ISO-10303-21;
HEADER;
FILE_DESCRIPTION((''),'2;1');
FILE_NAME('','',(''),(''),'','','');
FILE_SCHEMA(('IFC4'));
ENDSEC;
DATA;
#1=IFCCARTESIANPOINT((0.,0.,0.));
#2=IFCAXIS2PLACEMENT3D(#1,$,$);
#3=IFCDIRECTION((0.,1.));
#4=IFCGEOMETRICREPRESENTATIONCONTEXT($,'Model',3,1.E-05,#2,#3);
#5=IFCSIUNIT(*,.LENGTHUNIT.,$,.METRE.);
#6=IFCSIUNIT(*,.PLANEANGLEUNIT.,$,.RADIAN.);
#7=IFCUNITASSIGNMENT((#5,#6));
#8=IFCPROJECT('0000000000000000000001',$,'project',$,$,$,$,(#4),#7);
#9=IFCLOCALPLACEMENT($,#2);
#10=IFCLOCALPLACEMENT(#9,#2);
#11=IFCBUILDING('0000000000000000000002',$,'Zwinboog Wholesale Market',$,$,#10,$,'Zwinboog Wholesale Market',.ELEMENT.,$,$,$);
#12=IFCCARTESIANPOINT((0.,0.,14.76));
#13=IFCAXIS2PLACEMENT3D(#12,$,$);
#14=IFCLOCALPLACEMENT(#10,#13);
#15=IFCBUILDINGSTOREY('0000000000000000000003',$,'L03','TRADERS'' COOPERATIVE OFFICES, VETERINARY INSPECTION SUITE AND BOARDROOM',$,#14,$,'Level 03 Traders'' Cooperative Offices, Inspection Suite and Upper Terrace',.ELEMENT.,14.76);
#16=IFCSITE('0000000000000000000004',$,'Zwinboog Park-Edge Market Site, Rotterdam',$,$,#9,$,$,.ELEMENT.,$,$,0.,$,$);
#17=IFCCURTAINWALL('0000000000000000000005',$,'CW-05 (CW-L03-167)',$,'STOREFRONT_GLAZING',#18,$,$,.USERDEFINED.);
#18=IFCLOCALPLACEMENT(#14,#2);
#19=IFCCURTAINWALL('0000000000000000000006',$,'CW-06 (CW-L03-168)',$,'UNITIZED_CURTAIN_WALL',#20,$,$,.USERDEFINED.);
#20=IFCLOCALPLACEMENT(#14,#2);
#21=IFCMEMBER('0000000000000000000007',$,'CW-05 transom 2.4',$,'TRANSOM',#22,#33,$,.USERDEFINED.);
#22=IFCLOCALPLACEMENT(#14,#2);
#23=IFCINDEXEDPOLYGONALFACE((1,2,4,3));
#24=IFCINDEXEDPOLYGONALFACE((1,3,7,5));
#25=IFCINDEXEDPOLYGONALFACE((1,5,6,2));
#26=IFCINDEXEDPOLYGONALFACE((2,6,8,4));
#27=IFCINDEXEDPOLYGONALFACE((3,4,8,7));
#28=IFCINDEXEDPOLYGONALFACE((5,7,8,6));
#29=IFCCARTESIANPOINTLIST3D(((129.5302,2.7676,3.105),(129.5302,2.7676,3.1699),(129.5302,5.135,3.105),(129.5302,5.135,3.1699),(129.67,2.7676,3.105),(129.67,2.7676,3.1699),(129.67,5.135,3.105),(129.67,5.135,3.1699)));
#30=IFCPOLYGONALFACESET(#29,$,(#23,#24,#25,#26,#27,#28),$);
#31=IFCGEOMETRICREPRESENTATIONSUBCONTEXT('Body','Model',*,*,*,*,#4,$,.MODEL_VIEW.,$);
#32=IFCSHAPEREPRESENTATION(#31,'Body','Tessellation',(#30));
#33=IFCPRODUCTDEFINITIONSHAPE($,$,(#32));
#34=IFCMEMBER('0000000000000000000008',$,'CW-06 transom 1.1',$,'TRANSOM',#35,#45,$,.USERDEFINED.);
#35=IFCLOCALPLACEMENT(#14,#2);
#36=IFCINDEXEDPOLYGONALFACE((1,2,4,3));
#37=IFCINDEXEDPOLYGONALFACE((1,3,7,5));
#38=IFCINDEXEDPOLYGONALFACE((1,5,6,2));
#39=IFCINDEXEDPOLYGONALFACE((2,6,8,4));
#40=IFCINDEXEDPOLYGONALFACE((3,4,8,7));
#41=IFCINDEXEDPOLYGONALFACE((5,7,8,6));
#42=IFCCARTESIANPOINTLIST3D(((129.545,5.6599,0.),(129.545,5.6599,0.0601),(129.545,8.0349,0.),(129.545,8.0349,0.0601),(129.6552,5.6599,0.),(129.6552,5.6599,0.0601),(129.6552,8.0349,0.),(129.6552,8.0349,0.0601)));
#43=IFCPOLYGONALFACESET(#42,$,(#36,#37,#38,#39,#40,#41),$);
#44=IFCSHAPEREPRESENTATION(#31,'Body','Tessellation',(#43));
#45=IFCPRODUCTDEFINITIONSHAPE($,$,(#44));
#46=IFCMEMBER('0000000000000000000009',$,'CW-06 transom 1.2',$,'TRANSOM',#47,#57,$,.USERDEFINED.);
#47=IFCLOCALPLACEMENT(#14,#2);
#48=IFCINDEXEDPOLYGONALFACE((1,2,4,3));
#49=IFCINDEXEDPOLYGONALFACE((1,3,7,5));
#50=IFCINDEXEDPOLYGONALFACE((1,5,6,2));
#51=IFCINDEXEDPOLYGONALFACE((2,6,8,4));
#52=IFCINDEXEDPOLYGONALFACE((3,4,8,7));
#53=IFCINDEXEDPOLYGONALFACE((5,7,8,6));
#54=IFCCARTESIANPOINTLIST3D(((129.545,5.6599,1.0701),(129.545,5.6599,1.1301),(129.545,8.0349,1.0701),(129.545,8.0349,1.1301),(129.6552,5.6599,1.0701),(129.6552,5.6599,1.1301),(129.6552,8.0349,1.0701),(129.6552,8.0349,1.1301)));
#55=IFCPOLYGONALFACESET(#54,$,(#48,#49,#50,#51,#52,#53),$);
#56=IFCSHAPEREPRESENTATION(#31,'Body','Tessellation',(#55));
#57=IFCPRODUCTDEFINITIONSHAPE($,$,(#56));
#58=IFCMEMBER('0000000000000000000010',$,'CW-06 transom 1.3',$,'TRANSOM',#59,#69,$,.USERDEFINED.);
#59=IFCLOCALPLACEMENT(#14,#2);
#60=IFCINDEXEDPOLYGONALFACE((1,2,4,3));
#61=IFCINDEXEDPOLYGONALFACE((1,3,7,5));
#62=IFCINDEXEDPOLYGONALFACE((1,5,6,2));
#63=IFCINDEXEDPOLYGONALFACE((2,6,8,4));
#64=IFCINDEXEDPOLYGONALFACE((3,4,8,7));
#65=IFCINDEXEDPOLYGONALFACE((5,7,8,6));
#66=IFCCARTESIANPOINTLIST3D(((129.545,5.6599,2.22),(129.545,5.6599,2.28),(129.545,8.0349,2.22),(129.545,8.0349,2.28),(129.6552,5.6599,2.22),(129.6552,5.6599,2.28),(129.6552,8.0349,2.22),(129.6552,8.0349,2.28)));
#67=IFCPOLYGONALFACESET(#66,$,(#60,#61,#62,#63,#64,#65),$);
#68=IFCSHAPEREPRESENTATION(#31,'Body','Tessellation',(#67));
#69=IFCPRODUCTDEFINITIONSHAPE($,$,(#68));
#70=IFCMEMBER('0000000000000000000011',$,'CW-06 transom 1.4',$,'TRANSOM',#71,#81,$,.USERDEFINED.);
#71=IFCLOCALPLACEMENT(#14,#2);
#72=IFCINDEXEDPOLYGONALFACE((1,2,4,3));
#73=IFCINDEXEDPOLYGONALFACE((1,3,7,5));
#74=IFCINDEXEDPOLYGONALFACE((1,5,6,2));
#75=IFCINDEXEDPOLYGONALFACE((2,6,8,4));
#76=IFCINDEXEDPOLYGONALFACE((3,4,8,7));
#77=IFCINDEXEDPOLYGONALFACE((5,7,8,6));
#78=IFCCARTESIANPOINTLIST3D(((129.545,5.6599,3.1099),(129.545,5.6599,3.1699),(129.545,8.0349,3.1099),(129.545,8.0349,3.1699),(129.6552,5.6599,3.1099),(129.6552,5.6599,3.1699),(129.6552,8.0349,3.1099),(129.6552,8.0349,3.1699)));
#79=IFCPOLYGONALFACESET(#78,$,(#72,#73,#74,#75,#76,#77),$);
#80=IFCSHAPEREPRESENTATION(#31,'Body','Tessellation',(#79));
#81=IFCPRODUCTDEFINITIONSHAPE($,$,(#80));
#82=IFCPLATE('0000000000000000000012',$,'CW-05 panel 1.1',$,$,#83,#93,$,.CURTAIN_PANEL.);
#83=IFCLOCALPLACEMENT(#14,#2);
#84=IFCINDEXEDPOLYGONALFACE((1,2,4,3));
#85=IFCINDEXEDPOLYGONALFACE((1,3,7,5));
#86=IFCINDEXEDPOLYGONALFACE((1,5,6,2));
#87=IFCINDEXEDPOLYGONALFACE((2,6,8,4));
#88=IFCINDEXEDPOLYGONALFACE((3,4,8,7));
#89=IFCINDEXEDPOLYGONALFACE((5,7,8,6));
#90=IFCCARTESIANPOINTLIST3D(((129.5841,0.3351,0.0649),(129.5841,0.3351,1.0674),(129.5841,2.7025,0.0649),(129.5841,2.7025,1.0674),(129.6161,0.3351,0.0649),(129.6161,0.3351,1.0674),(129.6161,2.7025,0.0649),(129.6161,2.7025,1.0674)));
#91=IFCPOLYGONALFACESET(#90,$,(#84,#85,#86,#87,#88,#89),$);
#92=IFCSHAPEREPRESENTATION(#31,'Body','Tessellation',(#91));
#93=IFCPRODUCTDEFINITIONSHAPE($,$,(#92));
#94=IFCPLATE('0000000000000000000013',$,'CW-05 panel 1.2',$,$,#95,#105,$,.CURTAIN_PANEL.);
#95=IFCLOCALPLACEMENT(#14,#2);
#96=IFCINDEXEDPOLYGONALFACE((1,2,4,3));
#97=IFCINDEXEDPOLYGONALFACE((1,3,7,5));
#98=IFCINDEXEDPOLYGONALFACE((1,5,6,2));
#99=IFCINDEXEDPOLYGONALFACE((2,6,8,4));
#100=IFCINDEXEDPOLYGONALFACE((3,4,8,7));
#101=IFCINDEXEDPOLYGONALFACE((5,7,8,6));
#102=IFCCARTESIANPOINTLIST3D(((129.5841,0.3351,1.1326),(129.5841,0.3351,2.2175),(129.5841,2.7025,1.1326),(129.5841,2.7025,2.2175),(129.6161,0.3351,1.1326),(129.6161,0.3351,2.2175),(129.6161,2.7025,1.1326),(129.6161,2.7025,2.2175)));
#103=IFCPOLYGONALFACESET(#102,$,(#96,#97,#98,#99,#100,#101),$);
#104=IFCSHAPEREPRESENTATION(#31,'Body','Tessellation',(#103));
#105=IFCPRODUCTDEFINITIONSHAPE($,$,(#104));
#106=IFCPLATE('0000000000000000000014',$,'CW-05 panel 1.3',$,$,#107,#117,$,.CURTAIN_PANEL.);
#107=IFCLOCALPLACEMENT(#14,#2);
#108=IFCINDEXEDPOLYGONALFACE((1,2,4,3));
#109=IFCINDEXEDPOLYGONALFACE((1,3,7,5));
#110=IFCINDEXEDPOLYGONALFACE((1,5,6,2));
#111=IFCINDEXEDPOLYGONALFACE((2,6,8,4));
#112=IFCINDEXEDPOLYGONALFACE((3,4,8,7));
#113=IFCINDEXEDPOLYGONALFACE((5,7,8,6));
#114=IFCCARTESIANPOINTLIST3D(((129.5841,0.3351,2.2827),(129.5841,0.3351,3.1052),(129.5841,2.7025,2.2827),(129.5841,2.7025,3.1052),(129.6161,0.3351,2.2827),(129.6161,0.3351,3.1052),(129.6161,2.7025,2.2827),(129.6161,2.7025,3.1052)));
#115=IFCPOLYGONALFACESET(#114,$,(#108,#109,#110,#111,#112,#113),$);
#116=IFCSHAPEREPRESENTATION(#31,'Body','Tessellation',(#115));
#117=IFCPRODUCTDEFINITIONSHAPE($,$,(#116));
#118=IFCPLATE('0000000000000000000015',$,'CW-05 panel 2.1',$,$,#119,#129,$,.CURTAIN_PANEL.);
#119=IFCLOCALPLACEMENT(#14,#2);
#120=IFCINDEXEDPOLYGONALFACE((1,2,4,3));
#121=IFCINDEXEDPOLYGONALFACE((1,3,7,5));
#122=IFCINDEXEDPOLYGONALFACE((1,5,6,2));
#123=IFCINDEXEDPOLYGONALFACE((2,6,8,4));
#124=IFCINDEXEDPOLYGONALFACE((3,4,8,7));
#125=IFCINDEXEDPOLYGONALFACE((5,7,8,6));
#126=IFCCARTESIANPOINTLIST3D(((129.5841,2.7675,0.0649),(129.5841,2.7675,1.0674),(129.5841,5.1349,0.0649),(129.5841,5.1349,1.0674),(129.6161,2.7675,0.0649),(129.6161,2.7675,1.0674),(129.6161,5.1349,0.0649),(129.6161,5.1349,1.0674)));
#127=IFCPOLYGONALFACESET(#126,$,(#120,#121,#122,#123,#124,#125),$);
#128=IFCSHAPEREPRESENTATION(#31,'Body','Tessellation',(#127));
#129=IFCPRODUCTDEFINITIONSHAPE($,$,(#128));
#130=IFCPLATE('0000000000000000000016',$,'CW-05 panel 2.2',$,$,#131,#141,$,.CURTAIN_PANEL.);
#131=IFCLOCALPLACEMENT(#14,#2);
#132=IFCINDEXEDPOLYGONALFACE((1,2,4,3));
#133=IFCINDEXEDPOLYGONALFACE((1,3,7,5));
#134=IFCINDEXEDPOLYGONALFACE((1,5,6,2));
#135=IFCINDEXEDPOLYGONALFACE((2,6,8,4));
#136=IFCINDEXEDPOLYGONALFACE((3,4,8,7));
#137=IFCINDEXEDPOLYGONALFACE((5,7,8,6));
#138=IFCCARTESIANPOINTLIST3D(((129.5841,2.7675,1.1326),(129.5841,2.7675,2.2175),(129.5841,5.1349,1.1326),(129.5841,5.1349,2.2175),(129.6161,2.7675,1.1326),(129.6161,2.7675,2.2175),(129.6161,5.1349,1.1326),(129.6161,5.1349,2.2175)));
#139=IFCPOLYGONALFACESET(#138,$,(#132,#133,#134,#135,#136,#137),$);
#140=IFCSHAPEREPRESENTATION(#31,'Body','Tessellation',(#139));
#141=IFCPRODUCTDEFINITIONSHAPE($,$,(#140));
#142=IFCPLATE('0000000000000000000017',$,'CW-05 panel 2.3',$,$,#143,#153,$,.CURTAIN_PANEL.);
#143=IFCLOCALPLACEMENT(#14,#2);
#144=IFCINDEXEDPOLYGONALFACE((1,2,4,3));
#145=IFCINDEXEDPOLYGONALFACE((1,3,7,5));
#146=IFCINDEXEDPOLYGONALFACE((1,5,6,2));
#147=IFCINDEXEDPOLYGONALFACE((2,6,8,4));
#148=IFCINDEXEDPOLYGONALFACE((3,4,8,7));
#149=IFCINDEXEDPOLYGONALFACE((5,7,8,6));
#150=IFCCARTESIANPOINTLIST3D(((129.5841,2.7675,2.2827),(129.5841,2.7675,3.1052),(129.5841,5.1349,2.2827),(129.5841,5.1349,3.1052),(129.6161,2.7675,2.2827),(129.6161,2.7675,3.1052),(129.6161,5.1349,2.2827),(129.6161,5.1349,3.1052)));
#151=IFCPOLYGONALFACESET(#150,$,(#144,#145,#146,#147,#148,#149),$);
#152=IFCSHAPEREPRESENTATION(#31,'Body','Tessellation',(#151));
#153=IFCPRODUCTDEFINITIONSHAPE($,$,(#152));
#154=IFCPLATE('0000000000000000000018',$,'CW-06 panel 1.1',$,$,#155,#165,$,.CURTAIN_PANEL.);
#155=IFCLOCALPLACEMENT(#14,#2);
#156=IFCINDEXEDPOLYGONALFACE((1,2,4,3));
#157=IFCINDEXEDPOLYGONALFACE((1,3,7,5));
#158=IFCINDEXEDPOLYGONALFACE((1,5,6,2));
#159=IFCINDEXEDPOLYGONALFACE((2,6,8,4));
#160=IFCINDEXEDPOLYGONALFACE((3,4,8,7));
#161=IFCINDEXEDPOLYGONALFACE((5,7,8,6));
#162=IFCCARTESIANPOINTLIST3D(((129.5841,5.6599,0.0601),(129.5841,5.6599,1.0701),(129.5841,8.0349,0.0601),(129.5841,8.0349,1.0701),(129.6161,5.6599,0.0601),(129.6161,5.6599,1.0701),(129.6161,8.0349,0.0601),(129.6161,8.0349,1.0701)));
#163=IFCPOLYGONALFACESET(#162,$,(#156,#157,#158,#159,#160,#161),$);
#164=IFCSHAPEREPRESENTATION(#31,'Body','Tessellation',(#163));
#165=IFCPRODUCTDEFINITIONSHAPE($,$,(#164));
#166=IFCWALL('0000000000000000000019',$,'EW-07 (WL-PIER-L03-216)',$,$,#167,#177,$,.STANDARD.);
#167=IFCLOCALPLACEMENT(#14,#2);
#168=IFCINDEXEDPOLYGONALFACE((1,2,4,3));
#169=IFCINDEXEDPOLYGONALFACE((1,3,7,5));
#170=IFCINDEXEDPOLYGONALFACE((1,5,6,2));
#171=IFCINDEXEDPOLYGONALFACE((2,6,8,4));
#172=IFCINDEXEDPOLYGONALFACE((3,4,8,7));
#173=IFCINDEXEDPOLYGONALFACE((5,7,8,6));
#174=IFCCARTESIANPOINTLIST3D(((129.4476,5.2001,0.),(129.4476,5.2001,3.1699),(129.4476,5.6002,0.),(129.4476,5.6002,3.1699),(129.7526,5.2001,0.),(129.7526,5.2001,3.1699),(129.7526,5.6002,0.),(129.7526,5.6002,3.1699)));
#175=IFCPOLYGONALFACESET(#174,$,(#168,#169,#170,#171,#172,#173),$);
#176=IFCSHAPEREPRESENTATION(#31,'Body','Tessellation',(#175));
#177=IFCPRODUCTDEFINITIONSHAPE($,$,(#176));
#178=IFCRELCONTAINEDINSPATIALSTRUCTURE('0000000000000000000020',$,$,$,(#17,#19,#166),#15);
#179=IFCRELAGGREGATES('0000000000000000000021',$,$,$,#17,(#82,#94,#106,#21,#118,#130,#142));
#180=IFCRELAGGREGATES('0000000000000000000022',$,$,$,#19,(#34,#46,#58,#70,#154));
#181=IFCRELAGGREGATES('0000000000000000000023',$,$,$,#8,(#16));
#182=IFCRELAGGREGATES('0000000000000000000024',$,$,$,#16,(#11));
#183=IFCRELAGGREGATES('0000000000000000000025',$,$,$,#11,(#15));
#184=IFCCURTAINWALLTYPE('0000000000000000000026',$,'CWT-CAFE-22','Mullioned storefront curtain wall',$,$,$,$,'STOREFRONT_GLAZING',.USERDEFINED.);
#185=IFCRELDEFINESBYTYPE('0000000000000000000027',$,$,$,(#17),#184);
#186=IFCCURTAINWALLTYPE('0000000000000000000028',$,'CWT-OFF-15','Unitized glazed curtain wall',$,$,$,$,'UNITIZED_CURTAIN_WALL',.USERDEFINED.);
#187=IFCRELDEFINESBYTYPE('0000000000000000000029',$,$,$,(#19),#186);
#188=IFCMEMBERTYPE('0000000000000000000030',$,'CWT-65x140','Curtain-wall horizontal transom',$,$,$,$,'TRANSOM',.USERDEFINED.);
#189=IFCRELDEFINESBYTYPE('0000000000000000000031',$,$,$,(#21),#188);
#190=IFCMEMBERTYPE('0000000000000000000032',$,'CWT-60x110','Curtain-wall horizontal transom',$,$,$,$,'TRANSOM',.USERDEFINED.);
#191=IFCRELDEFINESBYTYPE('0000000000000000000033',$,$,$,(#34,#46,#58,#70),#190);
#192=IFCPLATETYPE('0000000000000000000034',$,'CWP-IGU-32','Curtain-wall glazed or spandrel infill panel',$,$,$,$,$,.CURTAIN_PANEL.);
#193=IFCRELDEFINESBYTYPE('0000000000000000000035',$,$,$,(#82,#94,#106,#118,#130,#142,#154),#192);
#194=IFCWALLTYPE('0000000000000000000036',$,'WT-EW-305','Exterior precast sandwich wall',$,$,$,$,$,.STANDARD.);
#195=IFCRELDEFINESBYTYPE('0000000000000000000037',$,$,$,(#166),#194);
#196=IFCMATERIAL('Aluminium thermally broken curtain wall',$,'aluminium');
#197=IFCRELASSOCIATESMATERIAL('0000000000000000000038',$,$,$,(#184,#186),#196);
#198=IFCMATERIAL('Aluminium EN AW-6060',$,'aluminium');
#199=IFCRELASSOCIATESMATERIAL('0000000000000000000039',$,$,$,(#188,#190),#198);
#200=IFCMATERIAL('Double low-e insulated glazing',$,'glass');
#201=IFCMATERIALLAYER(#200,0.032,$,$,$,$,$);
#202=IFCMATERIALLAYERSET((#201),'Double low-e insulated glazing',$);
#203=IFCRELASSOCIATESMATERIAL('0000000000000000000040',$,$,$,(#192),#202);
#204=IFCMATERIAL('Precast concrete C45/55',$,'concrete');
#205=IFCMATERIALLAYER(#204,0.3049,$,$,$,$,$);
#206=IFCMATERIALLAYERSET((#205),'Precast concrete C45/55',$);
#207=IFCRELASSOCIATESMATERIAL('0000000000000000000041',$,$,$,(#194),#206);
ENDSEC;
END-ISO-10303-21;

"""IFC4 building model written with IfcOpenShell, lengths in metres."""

from ifc_helpers import new_model, si_unit, direction, frame, frame_2d, origin, origin_2d, place, context, subcontext, project, spatial, rectangle, extrude, material, layer, layer_set, material_profile, profile_set, type_object, element, aggregate, save


model = new_model("IFC4")

# Units and contexts
model_context = context("Model", 3, precision=1e-05, world=origin(), true_north=direction((0.0, 1.0)))
body_context = subcontext(model_context, "Body", "Model", "MODEL_VIEW")
ifc_project = project(units=[si_unit("LENGTHUNIT", "METRE"), si_unit("PLANEANGLEUNIT", "RADIAN")], contexts=[model_context])

# Site, building, storey
site_placement = place(None, origin())
site = spatial("IfcSite", under=ifc_project, at=site_placement, Name="Zwinboog Park-Edge Market Site, Rotterdam", CompositionType="ELEMENT", RefElevation=0.0)
building_placement = place(site_placement, origin())
building = spatial("IfcBuilding", under=site, at=building_placement, Name="Zwinboog Wholesale Market", LongName="Zwinboog Wholesale Market", CompositionType="ELEMENT")
storey_placement = place(building_placement, frame((0.0, 0.0, 14.76)))
storey = spatial("IfcBuildingStorey", under=building, at=storey_placement, Name="L03", Description="TRADERS' COOPERATIVE OFFICES, VETERINARY INSPECTION SUITE AND BOARDROOM", LongName="Level 03 Traders' Cooperative Offices, Inspection Suite and Upper Terrace", CompositionType="ELEMENT", Elevation=14.76)

# Shared definitions
ifc_material_1 = material(Name="Precast concrete C45/55", Category="concrete")

# Curtain walls
ifc_material_2 = material(Name="Aluminium thermally broken curtain wall", Category="aluminium")
curtain_wall_type_1 = type_object("IfcCurtainWallType", Name="CWT-CAFE-22", Description="Mullioned storefront curtain wall", ElementType="STOREFRONT_GLAZING", PredefinedType="USERDEFINED", material=ifc_material_2)
curtain_wall_1_placement = place(storey_placement, origin())
curtain_wall_1 = element("IfcCurtainWall", 1, at=curtain_wall_1_placement, inside=storey, type_object=curtain_wall_type_1, Name="CW-05 (CW-L03-167)", ObjectType="STOREFRONT_GLAZING", PredefinedType="USERDEFINED")
ifc_material_3 = material(Name="Aluminium EN AW-6060", Category="aluminium")
curtain_wall_type_2 = type_object("IfcCurtainWallType", Name="CWT-OFF-15", Description="Unitized glazed curtain wall", ElementType="UNITIZED_CURTAIN_WALL", PredefinedType="USERDEFINED", material=ifc_material_2)
curtain_wall_2_placement = place(storey_placement, origin())
curtain_wall_2 = element("IfcCurtainWall", 2, at=curtain_wall_2_placement, inside=storey, type_object=curtain_wall_type_2, Name="CW-06 (CW-L03-168)", ObjectType="UNITIZED_CURTAIN_WALL", PredefinedType="USERDEFINED")

# Members
ifc_material_profile_1 = material_profile(ifc_material_3, rectangle(XDim=0.1399, YDim=0.0649, at=origin_2d()), Name="AL 65x140")
ifc_profile_set_1 = profile_set([ifc_material_profile_1], Name="Aluminium EN AW-6060")
member_type_1 = type_object("IfcMemberType", Name="CWT-65x140", Description="Curtain-wall horizontal transom", ElementType="TRANSOM", PredefinedType="USERDEFINED", material=ifc_profile_set_1)
member_1_placement = place(storey_placement, frame((129.6001, 2.7676, 3.1375), z_axis=(0.0, 1.0, 0.0), x_axis=(-1.0, 0.0, 0.0)))
member_1 = element("IfcMember", 3, at=member_1_placement, type_object=member_type_1, Name="CW-05 transom 2.4", ObjectType="TRANSOM", PredefinedType="USERDEFINED", context=body_context, shape_type="SweptSolid", body=[
    extrude(rectangle(XDim=0.1399, YDim=0.0649, at=origin_2d()), origin(), (0.0, 0.0, 1.0), 2.3674),
])
ifc_material_profile_2 = material_profile(ifc_material_3, rectangle(XDim=0.1101, YDim=0.0601, at=origin_2d()), Name="AL 60x110")
ifc_profile_set_2 = profile_set([ifc_material_profile_2], Name="Aluminium EN AW-6060")
member_type_2 = type_object("IfcMemberType", Name="CWT-60x110", Description="Curtain-wall horizontal transom", ElementType="TRANSOM", PredefinedType="USERDEFINED", material=ifc_profile_set_2)
member_2_placement = place(storey_placement, frame((129.6001, 5.6599, 0.03), z_axis=(0.0, 1.0, 0.0), x_axis=(-1.0, 0.0, 0.0)))
member_2 = element("IfcMember", 4, at=member_2_placement, type_object=member_type_2, Name="CW-06 transom 1.1", ObjectType="TRANSOM", PredefinedType="USERDEFINED", context=body_context, shape_type="SweptSolid", body=[
    extrude(rectangle(XDim=0.1101, YDim=0.0601, at=origin_2d()), origin(), (0.0, 0.0, 1.0), 2.375),
])
member_3_placement = place(storey_placement, frame((129.6001, 5.6599, 1.1001), z_axis=(0.0, 1.0, 0.0), x_axis=(-1.0, 0.0, 0.0)))
member_3 = element("IfcMember", 5, at=member_3_placement, type_object=member_type_2, Name="CW-06 transom 1.2", ObjectType="TRANSOM", PredefinedType="USERDEFINED", context=body_context, shape_type="SweptSolid", body=[
    extrude(rectangle(XDim=0.1101, YDim=0.0601, at=origin_2d()), origin(), (0.0, 0.0, 1.0), 2.375),
])
member_4_placement = place(storey_placement, frame((129.6001, 5.6599, 2.25), z_axis=(0.0, 1.0, 0.0), x_axis=(-1.0, 0.0, 0.0)))
member_4 = element("IfcMember", 6, at=member_4_placement, type_object=member_type_2, Name="CW-06 transom 1.3", ObjectType="TRANSOM", PredefinedType="USERDEFINED", context=body_context, shape_type="SweptSolid", body=[
    extrude(rectangle(XDim=0.1101, YDim=0.0601, at=origin_2d()), origin(), (0.0, 0.0, 1.0), 2.375),
])
member_5_placement = place(storey_placement, frame((129.6001, 5.6599, 3.1399), z_axis=(0.0, 1.0, 0.0), x_axis=(-1.0, 0.0, 0.0)))
member_5 = element("IfcMember", 7, at=member_5_placement, type_object=member_type_2, Name="CW-06 transom 1.4", ObjectType="TRANSOM", PredefinedType="USERDEFINED", context=body_context, shape_type="SweptSolid", body=[
    extrude(rectangle(XDim=0.1101, YDim=0.0601, at=origin_2d()), origin(), (0.0, 0.0, 1.0), 2.375),
])

# Plates
ifc_material_4 = material(Name="Double low-e insulated glazing", Category="glass")
ifc_layer_1 = layer(ifc_material_4, 0.032)
ifc_layer_set_1 = layer_set([ifc_layer_1], Name="Double low-e insulated glazing")
plate_type = type_object("IfcPlateType", Name="CWP-IGU-32", Description="Curtain-wall glazed or spandrel infill panel", PredefinedType="CURTAIN_PANEL", material=ifc_layer_set_1)
plate_1_placement = place(storey_placement, frame((129.6001, 1.5188, 0.0649), z_axis=(0.0, 0.0, 1.0), x_axis=(0.0, 1.0, 0.0)))
plate_1 = element("IfcPlate", 8, at=plate_1_placement, type_object=plate_type, Name="CW-05 panel 1.1", PredefinedType="CURTAIN_PANEL", context=body_context, shape_type="SweptSolid", body=[
    extrude(rectangle(XDim=2.3674, YDim=0.032, at=origin_2d()), origin(), (0.0, 0.0, 1.0), 1.0024),
])
plate_2_placement = place(storey_placement, frame((129.6001, 1.5188, 1.1326), z_axis=(0.0, 0.0, 1.0), x_axis=(0.0, 1.0, 0.0)))
plate_2 = element("IfcPlate", 9, at=plate_2_placement, type_object=plate_type, Name="CW-05 panel 1.2", PredefinedType="CURTAIN_PANEL", context=body_context, shape_type="SweptSolid", body=[
    extrude(rectangle(XDim=2.3674, YDim=0.032, at=origin_2d()), origin(), (0.0, 0.0, 1.0), 1.085),
])
plate_3_placement = place(storey_placement, frame((129.6001, 1.5188, 2.2827), z_axis=(0.0, 0.0, 1.0), x_axis=(0.0, 1.0, 0.0)))
plate_3 = element("IfcPlate", 10, at=plate_3_placement, type_object=plate_type, Name="CW-05 panel 1.3", PredefinedType="CURTAIN_PANEL", context=body_context, shape_type="SweptSolid", body=[
    extrude(rectangle(XDim=2.3674, YDim=0.032, at=origin_2d()), origin(), (0.0, 0.0, 1.0), 0.8225),
])
plate_4_placement = place(storey_placement, frame((129.6001, 3.9512, 0.0649), z_axis=(0.0, 0.0, 1.0), x_axis=(0.0, 1.0, 0.0)))
plate_4 = element("IfcPlate", 11, at=plate_4_placement, type_object=plate_type, Name="CW-05 panel 2.1", PredefinedType="CURTAIN_PANEL", context=body_context, shape_type="SweptSolid", body=[
    extrude(rectangle(XDim=2.3674, YDim=0.032, at=origin_2d()), origin(), (0.0, 0.0, 1.0), 1.0024),
])
plate_5_placement = place(storey_placement, frame((129.6001, 3.9512, 1.1326), z_axis=(0.0, 0.0, 1.0), x_axis=(0.0, 1.0, 0.0)))
plate_5 = element("IfcPlate", 12, at=plate_5_placement, type_object=plate_type, Name="CW-05 panel 2.2", PredefinedType="CURTAIN_PANEL", context=body_context, shape_type="SweptSolid", body=[
    extrude(rectangle(XDim=2.3674, YDim=0.032, at=origin_2d()), origin(), (0.0, 0.0, 1.0), 1.085),
])
plate_6_placement = place(storey_placement, frame((129.6001, 3.9512, 2.2827), z_axis=(0.0, 0.0, 1.0), x_axis=(0.0, 1.0, 0.0)))
plate_6 = element("IfcPlate", 13, at=plate_6_placement, type_object=plate_type, Name="CW-05 panel 2.3", PredefinedType="CURTAIN_PANEL", context=body_context, shape_type="SweptSolid", body=[
    extrude(rectangle(XDim=2.3674, YDim=0.032, at=origin_2d()), origin(), (0.0, 0.0, 1.0), 0.8225),
])
aggregate(curtain_wall_1, [plate_1, plate_2, plate_3, member_1, plate_4, plate_5, plate_6])
plate_7_placement = place(storey_placement, frame((129.6001, 6.8474, 0.0601), z_axis=(0.0, 0.0, 1.0), x_axis=(0.0, 1.0, 0.0)))
plate_7 = element("IfcPlate", 14, at=plate_7_placement, type_object=plate_type, Name="CW-06 panel 1.1", PredefinedType="CURTAIN_PANEL", context=body_context, shape_type="SweptSolid", body=[
    extrude(rectangle(XDim=2.375, YDim=0.032, at=origin_2d()), origin(), (0.0, 0.0, 1.0), 1.01),
])
aggregate(curtain_wall_2, [member_2, member_3, member_4, member_5, plate_7])

# Wall
ifc_layer_2 = layer(ifc_material_1, 0.3049)
ifc_layer_set_2 = layer_set([ifc_layer_2], Name="Precast concrete C45/55")
wall_type = type_object("IfcWallType", Name="WT-EW-305", Description="Exterior precast sandwich wall", PredefinedType="STANDARD", material=ifc_layer_set_2)
wall_placement = place(storey_placement, frame((129.6001, 5.2, 0.0), z_axis=(0.0, 0.0, 1.0), x_axis=(0.0, 1.0, 0.0)))
element("IfcWall", 15, at=wall_placement, inside=storey, type_object=wall_type, Name="EW-07 (WL-PIER-L03-216)", PredefinedType="STANDARD", context=body_context, shape_type="SweptSolid", body=[
    extrude(rectangle(XDim=0.4001, YDim=0.3049, at=frame_2d((0.2002, 0.0))), origin(), (0.0, 0.0, 1.0), 3.1699),
])

save(model, "model.ifc")
